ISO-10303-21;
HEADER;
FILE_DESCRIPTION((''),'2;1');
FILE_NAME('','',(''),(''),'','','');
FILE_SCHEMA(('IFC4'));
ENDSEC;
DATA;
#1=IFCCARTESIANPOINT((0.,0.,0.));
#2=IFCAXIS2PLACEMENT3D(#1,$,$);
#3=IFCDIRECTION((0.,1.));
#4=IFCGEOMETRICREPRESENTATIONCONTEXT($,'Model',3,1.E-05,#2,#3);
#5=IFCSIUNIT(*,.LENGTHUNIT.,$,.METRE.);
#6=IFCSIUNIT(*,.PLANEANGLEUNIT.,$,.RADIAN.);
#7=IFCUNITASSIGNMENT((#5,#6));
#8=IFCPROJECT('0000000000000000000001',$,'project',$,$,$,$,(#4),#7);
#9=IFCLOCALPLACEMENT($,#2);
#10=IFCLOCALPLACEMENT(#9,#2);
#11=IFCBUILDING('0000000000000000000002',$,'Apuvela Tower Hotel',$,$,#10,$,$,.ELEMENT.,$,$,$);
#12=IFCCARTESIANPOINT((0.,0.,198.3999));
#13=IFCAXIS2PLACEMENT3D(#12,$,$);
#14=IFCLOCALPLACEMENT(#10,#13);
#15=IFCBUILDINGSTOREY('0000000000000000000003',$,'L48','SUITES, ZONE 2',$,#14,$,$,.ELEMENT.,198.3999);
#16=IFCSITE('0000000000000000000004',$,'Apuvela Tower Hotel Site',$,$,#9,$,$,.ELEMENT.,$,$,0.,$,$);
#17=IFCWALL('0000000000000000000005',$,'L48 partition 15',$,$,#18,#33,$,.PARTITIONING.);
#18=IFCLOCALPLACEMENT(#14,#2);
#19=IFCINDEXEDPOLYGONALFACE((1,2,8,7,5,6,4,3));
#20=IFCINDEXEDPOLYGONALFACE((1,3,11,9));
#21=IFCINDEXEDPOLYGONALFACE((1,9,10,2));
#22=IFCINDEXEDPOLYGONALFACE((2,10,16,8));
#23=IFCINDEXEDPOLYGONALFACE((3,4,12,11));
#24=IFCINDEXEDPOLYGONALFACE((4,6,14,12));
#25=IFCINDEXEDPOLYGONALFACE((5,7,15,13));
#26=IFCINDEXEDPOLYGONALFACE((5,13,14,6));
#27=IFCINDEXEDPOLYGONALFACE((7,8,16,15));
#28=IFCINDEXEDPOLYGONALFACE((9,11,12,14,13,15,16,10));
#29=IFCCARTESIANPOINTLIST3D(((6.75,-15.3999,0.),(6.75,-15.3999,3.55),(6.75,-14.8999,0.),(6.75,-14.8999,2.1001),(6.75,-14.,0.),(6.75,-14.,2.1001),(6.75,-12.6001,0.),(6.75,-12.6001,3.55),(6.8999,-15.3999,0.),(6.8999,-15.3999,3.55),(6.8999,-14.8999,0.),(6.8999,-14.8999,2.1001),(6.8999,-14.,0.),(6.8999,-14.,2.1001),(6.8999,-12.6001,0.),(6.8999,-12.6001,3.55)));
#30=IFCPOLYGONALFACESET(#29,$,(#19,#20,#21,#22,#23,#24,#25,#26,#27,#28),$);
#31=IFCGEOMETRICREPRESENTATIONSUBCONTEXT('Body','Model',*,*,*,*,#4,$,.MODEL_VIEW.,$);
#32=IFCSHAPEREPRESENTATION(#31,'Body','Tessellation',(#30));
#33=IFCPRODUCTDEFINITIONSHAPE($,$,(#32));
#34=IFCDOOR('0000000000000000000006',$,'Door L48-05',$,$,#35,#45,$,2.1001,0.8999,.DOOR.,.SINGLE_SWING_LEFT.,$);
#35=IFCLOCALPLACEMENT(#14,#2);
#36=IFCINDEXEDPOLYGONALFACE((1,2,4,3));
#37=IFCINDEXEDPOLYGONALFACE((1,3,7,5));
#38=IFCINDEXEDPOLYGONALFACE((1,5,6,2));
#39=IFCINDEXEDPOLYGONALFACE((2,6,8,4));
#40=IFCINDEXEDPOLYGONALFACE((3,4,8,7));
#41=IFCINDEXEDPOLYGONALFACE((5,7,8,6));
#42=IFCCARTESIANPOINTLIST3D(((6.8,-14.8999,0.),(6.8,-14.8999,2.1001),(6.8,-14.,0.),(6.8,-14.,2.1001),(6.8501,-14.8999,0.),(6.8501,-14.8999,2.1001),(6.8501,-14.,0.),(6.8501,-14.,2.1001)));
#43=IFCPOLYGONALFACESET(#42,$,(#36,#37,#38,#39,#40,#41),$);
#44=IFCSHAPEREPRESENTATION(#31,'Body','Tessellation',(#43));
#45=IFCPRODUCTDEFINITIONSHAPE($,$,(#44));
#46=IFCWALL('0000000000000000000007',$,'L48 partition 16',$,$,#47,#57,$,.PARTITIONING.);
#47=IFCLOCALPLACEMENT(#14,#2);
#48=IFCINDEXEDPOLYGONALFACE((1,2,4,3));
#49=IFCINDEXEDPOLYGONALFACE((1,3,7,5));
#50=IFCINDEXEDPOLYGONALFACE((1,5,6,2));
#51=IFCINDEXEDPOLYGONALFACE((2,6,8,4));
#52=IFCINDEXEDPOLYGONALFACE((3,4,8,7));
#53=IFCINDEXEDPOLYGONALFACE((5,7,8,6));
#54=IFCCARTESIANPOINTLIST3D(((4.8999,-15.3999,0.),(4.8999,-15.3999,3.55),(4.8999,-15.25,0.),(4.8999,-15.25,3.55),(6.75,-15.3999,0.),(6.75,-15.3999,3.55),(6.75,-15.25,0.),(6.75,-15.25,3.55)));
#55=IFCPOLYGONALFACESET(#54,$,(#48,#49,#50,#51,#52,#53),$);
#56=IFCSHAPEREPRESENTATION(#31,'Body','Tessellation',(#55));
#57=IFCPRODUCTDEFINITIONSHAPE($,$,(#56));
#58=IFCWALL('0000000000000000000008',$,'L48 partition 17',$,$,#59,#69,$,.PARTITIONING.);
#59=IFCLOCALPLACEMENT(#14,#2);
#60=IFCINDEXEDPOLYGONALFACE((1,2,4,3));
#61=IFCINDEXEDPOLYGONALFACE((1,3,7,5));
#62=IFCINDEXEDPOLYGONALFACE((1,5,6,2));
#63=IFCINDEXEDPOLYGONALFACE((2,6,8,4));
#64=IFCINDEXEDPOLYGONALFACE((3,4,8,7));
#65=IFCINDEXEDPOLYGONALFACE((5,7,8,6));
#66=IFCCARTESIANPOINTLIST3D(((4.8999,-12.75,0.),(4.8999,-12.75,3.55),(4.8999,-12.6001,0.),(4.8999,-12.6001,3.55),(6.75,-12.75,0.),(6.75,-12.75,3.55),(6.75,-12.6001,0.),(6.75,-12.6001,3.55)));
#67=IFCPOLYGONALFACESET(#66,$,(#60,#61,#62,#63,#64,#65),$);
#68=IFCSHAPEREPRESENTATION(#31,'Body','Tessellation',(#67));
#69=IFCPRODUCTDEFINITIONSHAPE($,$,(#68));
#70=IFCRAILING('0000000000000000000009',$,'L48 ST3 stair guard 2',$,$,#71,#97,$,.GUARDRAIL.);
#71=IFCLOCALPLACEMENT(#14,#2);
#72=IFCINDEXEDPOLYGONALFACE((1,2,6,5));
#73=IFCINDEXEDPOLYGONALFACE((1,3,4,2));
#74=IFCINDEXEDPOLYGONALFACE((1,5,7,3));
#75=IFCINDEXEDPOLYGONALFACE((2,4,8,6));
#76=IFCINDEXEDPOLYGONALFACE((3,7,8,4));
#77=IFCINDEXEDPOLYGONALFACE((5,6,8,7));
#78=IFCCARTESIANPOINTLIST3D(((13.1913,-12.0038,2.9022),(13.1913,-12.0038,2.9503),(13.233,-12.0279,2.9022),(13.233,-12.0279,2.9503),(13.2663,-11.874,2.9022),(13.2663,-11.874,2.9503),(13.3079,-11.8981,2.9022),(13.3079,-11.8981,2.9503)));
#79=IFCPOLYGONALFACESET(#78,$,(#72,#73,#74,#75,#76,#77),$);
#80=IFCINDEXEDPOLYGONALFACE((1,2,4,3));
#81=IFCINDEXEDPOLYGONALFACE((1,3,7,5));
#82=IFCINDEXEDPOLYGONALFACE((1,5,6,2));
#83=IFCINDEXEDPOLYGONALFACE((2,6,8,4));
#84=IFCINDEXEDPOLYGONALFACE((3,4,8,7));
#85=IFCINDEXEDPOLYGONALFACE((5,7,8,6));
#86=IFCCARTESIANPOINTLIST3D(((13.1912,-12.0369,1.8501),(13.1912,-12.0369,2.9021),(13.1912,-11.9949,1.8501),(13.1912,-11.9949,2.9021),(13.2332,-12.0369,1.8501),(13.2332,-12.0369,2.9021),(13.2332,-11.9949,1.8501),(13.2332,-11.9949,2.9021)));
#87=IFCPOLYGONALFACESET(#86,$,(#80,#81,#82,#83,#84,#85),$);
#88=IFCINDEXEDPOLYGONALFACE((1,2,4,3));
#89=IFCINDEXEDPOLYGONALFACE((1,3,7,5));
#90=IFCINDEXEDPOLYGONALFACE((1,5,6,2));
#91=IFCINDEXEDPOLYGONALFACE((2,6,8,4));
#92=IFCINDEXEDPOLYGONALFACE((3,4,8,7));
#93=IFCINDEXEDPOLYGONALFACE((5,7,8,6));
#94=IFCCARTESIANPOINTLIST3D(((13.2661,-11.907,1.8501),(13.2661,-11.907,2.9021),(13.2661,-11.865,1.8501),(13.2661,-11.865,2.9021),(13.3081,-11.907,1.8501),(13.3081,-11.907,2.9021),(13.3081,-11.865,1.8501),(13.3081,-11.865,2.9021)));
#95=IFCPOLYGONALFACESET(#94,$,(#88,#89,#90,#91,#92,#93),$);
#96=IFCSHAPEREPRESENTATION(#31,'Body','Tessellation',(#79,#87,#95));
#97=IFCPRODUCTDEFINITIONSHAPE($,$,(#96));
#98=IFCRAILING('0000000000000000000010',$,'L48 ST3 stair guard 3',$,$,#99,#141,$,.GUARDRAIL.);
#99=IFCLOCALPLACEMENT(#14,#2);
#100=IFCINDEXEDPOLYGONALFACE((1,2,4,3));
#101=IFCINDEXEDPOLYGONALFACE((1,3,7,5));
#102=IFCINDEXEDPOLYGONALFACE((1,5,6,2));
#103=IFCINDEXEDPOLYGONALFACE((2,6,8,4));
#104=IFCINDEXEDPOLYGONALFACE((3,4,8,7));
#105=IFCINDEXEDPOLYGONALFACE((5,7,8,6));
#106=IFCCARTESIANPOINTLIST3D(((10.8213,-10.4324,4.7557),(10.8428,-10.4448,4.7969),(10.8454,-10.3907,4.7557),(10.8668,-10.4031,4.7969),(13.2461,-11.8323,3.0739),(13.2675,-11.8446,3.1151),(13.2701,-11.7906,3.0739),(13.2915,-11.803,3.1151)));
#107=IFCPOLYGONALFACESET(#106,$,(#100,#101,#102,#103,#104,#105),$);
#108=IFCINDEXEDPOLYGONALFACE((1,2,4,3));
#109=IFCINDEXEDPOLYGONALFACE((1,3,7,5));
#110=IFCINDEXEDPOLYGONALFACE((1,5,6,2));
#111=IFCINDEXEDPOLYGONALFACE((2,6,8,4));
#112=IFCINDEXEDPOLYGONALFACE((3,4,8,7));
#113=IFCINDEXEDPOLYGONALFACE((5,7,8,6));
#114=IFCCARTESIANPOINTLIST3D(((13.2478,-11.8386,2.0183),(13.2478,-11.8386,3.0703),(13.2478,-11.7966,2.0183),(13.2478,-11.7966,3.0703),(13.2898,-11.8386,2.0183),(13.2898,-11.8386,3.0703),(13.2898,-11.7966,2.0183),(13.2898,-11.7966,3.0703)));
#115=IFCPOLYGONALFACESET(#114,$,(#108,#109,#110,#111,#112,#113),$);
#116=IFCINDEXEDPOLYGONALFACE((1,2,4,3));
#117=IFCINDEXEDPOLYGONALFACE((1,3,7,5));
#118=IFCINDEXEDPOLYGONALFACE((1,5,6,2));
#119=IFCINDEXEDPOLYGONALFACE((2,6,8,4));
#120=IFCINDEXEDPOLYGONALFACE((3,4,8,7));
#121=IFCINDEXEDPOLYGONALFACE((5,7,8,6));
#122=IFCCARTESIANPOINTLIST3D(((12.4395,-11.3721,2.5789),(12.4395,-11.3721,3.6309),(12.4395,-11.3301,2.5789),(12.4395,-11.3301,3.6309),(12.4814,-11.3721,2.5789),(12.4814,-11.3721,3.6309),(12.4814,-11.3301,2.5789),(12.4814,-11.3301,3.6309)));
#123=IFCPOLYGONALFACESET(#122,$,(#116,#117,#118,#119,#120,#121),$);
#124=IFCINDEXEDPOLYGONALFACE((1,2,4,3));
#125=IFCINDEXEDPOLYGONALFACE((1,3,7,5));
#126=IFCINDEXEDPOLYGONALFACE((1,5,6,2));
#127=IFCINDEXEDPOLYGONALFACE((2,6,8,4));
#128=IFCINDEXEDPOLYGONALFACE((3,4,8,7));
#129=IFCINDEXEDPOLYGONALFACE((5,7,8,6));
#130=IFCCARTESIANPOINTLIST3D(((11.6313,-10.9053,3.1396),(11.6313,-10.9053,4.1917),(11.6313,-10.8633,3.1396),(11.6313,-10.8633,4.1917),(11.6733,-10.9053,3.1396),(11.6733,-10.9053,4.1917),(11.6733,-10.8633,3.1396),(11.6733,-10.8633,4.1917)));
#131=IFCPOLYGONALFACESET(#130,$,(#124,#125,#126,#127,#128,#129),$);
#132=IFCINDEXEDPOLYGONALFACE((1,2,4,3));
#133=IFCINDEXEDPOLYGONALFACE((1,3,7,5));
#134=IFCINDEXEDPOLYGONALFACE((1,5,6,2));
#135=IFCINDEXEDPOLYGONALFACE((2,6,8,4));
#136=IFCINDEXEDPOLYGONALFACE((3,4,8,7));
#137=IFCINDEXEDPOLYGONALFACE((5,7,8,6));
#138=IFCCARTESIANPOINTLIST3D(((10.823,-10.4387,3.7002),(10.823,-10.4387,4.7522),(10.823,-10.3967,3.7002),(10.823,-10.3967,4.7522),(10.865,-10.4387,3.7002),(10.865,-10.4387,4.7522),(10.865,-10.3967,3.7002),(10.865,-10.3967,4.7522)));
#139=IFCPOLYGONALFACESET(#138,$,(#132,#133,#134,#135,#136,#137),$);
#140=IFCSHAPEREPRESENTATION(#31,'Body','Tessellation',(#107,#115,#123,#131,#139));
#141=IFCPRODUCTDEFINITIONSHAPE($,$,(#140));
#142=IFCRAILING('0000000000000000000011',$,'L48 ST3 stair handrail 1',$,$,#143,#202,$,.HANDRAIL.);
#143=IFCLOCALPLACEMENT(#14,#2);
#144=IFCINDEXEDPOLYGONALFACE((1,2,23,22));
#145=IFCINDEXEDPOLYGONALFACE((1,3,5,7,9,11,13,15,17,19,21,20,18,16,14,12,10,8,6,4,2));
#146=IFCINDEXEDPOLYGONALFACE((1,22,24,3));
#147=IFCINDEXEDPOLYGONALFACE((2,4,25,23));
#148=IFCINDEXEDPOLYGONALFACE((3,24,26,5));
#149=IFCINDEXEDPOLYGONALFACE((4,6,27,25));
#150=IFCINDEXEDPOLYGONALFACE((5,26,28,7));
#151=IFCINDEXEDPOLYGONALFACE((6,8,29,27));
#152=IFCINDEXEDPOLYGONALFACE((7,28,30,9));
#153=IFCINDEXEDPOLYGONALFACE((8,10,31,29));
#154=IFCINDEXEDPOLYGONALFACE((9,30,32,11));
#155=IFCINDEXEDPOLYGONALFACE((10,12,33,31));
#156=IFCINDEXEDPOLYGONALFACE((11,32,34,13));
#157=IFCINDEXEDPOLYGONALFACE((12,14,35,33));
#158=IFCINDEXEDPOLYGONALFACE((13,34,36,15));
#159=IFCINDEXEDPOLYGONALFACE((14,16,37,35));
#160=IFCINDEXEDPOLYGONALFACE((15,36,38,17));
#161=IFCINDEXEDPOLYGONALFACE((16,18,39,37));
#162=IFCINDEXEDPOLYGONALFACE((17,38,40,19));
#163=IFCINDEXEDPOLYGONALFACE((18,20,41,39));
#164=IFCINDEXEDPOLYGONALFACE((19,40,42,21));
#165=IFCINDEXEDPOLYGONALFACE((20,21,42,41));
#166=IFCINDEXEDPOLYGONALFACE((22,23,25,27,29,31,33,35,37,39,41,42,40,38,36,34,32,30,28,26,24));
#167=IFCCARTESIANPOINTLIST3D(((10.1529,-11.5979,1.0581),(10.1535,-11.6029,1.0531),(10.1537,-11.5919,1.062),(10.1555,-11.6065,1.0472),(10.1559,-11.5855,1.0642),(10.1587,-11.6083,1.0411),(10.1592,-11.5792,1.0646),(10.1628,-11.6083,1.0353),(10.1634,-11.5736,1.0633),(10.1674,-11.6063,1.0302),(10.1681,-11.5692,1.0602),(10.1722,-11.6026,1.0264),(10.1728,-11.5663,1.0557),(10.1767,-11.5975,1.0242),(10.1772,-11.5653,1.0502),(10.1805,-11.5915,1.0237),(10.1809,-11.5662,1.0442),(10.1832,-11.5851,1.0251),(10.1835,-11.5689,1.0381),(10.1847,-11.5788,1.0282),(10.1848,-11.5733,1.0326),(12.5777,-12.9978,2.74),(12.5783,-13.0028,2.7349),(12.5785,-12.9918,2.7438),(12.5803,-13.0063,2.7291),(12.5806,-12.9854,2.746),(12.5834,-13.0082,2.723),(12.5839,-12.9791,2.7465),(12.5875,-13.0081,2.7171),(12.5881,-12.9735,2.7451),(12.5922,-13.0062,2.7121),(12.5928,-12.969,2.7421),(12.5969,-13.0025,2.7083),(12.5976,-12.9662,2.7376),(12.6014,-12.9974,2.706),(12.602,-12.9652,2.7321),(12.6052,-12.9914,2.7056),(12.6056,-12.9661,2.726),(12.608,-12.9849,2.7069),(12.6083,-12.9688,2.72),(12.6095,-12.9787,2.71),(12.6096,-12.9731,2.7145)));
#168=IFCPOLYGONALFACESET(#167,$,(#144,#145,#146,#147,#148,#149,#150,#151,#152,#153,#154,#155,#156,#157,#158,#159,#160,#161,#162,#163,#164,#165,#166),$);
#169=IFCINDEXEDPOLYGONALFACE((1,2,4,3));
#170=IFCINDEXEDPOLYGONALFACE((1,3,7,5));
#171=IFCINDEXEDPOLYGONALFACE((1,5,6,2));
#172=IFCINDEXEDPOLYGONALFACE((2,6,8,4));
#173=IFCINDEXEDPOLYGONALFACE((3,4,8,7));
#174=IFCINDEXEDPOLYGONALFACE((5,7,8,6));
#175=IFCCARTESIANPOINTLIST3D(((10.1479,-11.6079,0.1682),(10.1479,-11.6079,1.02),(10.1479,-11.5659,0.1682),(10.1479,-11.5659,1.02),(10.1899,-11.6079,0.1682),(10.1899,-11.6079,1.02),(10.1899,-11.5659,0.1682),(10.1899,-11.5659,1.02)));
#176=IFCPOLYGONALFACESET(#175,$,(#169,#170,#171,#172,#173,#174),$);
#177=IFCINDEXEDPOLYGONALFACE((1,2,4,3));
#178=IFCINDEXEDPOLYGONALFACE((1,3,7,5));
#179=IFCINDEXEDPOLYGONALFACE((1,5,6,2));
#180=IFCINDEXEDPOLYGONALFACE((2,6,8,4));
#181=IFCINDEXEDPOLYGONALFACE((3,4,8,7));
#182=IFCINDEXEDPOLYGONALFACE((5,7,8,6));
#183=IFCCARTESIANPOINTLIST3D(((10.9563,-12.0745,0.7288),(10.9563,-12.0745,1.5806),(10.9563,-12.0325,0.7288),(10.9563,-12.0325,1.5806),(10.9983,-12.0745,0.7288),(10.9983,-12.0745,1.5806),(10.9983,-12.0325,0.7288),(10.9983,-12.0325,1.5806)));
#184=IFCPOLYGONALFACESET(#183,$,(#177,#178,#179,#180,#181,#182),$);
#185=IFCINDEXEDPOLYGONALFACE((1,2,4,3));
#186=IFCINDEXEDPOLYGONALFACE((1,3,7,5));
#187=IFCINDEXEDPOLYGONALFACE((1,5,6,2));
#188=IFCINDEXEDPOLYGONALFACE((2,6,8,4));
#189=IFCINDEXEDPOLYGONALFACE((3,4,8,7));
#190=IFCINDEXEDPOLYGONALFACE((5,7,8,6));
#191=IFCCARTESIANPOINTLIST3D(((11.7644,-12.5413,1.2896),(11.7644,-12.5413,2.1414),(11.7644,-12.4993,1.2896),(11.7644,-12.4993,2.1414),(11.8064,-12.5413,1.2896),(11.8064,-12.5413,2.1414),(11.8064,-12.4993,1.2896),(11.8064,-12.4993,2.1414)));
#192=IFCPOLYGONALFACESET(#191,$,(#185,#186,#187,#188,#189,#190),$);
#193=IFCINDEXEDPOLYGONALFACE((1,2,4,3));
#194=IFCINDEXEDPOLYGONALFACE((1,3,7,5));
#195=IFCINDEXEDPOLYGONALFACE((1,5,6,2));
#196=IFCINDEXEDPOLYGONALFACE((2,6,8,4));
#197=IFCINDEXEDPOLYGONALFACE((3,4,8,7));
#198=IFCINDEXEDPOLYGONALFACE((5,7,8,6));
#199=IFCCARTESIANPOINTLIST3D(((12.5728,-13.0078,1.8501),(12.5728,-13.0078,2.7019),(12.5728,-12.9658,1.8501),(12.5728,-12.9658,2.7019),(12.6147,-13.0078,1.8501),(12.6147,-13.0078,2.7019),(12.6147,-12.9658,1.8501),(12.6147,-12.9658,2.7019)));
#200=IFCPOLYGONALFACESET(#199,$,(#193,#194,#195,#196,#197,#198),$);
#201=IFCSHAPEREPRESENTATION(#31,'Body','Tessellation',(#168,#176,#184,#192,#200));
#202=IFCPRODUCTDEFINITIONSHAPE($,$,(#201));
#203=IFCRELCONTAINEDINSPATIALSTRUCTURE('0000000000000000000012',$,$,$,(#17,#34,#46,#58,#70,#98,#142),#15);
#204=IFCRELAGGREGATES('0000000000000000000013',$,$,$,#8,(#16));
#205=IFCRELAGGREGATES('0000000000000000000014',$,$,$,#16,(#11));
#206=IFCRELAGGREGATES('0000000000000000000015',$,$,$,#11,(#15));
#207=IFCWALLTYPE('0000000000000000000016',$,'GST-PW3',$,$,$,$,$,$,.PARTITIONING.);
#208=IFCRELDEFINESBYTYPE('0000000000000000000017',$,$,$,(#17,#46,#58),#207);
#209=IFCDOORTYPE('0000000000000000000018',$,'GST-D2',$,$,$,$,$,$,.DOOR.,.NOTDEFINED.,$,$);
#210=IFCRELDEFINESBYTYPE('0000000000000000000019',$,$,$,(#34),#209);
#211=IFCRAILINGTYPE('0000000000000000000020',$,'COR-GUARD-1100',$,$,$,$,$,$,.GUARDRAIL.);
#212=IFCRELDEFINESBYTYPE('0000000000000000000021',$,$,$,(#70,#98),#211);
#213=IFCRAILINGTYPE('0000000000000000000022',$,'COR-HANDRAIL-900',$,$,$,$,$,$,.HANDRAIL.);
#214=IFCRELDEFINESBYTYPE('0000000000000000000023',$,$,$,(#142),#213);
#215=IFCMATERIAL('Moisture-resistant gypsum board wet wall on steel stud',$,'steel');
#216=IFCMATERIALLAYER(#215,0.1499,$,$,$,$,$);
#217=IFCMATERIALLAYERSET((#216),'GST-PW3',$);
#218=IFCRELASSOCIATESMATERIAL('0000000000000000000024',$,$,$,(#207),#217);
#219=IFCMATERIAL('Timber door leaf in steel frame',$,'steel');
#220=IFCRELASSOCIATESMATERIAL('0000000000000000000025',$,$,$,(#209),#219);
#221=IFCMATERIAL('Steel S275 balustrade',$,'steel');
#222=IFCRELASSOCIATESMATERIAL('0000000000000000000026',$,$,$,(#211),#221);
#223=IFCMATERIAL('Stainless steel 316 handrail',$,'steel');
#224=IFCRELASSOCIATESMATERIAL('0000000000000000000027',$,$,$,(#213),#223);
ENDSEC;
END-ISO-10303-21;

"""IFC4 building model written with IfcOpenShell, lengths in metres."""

from ifc_helpers import new_model, si_unit, direction, frame, frame_2d, origin, origin_2d, place, context, subcontext, project, spatial, rectangle, circle, extrude, material, layer, layer_set, type_object, element, fill, save


model = new_model("IFC4")

# Units and contexts
model_context = context("Model", 3, precision=1e-05, world=origin(), true_north=direction((0.0, 1.0)))
body_context = subcontext(model_context, "Body", "Model", "MODEL_VIEW")
ifc_project = project(units=[si_unit("LENGTHUNIT", "METRE"), si_unit("PLANEANGLEUNIT", "RADIAN")], contexts=[model_context])

# Site, building, storey
site_placement = place(None, origin())
site = spatial("IfcSite", under=ifc_project, at=site_placement, Name="Apuvela Tower Hotel Site", CompositionType="ELEMENT", RefElevation=0.0)
building_placement = place(site_placement, origin())
building = spatial("IfcBuilding", under=site, at=building_placement, Name="Apuvela Tower Hotel", CompositionType="ELEMENT")
storey_placement = place(building_placement, frame((0.0, 0.0, 198.3999)))
storey = spatial("IfcBuildingStorey", under=building, at=storey_placement, Name="L48", Description="SUITES, ZONE 2", CompositionType="ELEMENT", Elevation=198.3999)

# Shared definitions
ifc_material_1 = material(Name="Moisture-resistant gypsum board wet wall on steel stud", Category="steel")
ifc_layer_1 = layer(ifc_material_1, 0.1499)
ifc_layer_set_1 = layer_set([ifc_layer_1], Name="GST-PW3")
wall_type_1 = type_object("IfcWallType", Name="GST-PW3", PredefinedType="PARTITIONING", material=ifc_layer_set_1)

# Wall, opening, door
wall_1_placement = place(storey_placement, frame((6.825, -15.3999, 0.0), z_axis=(0.0, 0.0, 1.0), x_axis=(0.0, 1.0, 0.0)))
wall_1 = element("IfcWall", 1, at=wall_1_placement, inside=storey, type_object=wall_type_1, Name="L48 partition 15", PredefinedType="PARTITIONING", context=body_context, shape_type="SweptSolid", body=[
    extrude(rectangle(XDim=2.7998, YDim=0.1499, at=frame_2d((1.3999, 0.0))), origin(), (0.0, 0.0, 1.0), 3.55),
])
opening_1_placement = place(wall_1_placement, frame((0.5, 0.0, 0.0)))
opening_1 = element("IfcOpeningElement", 2, at=opening_1_placement, cuts=wall_1, PredefinedType="OPENING", context=body_context, shape_type="SweptSolid", body=[
    extrude(rectangle(XDim=0.8999, YDim=2.1001, at=frame_2d((0.45, 1.05))), frame((0.0, 0.085, 0.0), z_axis=(0.0, -1.0, 0.0), x_axis=(1.0, 0.0, 0.0)), (0.0, 0.0, 1.0), 0.1699),
])
ifc_material_2 = material(Name="Timber door leaf in steel frame", Category="steel")
door_type_1 = type_object("IfcDoorType", Name="GST-D2", OperationType="NOTDEFINED", PredefinedType="DOOR", material=ifc_material_2)
door_1_placement = place(opening_1_placement, origin())
door_1 = element("IfcDoor", 3, at=door_1_placement, inside=storey, type_object=door_type_1, Name="Door L48-05", OperationType="SINGLE_SWING_LEFT", OverallHeight=2.1001, OverallWidth=0.8999, PredefinedType="DOOR", context=body_context, shape_type="SweptSolid", body=[
    extrude(rectangle(XDim=0.8999, YDim=2.1001, at=frame_2d((0.45, 1.05))), frame((0.0, 0.0249, 0.0), z_axis=(0.0, -1.0, 0.0), x_axis=(1.0, 0.0, 0.0)), (0.0, 0.0, 1.0), 0.05),
])
fill(opening_1, door_1)

# Walls
for number, where, z_axis, x_axis, name in (
    (4, (4.8999, -15.325, 0.0), (0.0, 0.0, 1.0), (1.0, 0.0, 0.0), "L48 partition 16"),
    (5, (4.8999, -12.675, 0.0), (0.0, 0.0, 1.0), (1.0, 0.0, 0.0), "L48 partition 17"),
):
    element("IfcWall", number, at=place(storey_placement, frame(where, z_axis=z_axis, x_axis=x_axis)), inside=storey, type_object=wall_type_1, Name=name, PredefinedType="PARTITIONING", context=body_context, shape_type="SweptSolid", body=[
        extrude(rectangle(XDim=1.8501, YDim=0.1499, at=frame_2d((0.925, 0.0))), origin(), (0.0, 0.0, 1.0), 3.55),
    ])

# Railings
ifc_material_3 = material(Name="Steel S275 balustrade", Category="steel")
railing_type_1 = type_object("IfcRailingType", Name="COR-GUARD-1100", PredefinedType="GUARDRAIL", material=ifc_material_3)
railing_1_placement = place(storey_placement, frame((13.2122, -12.0159, 1.8501)))
element("IfcRailing", 6, at=railing_1_placement, inside=storey, type_object=railing_type_1, Name="L48 ST3 stair guard 2", PredefinedType="GUARDRAIL", context=body_context, shape_type="SweptSolid", body=[
    extrude(rectangle(XDim=0.0481, YDim=0.0481, at=origin_2d()), frame((0.0, 0.0, 1.0762), z_axis=(0.499816, 0.866131, 0.0), x_axis=(-0.866131, 0.499816, 0.0)), (0.0, 0.0, 1.0), 0.1499),
    extrude(rectangle(XDim=0.042, YDim=0.042, at=origin_2d()), origin(), (0.0, 0.0, 1.0), 1.052),
    extrude(rectangle(XDim=0.042, YDim=0.042, at=origin_2d()), frame((0.075, 0.1299, 0.0)), (0.0, 0.0, 1.0), 1.052),
])
railing_2_placement = place(storey_placement, frame((13.2688, -11.8176, 2.0183)))
element("IfcRailing", 7, at=railing_2_placement, inside=storey, type_object=railing_type_1, Name="L48 ST3 stair guard 3", PredefinedType="GUARDRAIL", context=body_context, shape_type="SweptSolid", body=[
    extrude(rectangle(XDim=0.0481, YDim=0.0481, at=origin_2d()), frame((0.0, 0.0, 1.0762), z_axis=(-0.74239, 0.428601, 0.514934), x_axis=(-0.499984, -0.866035, 0.0)), (0.0, 0.0, 1.0), 3.2661),
    extrude(rectangle(XDim=0.042, YDim=0.042, at=origin_2d()), origin(), (0.0, 0.0, 1.0), 1.052),
    extrude(rectangle(XDim=0.042, YDim=0.042, at=origin_2d()), frame((-0.8083, 0.4666, 0.5605)), (0.0, 0.0, 1.0), 1.052),
    extrude(rectangle(XDim=0.042, YDim=0.042, at=origin_2d()), frame((-1.6165, 0.9333, 1.1213)), (0.0, 0.0, 1.0), 1.052),
    extrude(rectangle(XDim=0.042, YDim=0.042, at=origin_2d()), frame((-2.4248, 1.3999, 1.6819)), (0.0, 0.0, 1.0), 1.052),
])
ifc_material_4 = material(Name="Stainless steel 316 handrail", Category="steel")
railing_type_2 = type_object("IfcRailingType", Name="COR-HANDRAIL-900", PredefinedType="HANDRAIL", material=ifc_material_4)
railing_3_placement = place(storey_placement, frame((10.1689, -11.5869, 0.1682)))
element("IfcRailing", 8, at=railing_3_placement, inside=storey, type_object=railing_type_2, Name="L48 ST3 stair handrail 1", PredefinedType="HANDRAIL", context=body_context, shape_type="SweptSolid", body=[
    extrude(circle(Radius=0.0239, at=origin_2d()), frame((0.0, 0.0, 0.876), z_axis=(0.74239, -0.428601, 0.514934), x_axis=(0.499984, 0.866035, 0.0)), (0.0, 0.0, 1.0), 3.2661),
    extrude(rectangle(XDim=0.042, YDim=0.042, at=origin_2d()), origin(), (0.0, 0.0, 1.0), 0.8518),
    extrude(rectangle(XDim=0.042, YDim=0.042, at=origin_2d()), frame((0.8083, -0.4666, 0.5605)), (0.0, 0.0, 1.0), 0.8518),
    extrude(rectangle(XDim=0.042, YDim=0.042, at=origin_2d()), frame((1.6165, -0.9333, 1.1213)), (0.0, 0.0, 1.0), 0.8518),
    extrude(rectangle(XDim=0.042, YDim=0.042, at=origin_2d()), frame((2.4248, -1.3999, 1.6819)), (0.0, 0.0, 1.0), 0.8518),
])

save(model, "model.ifc")
